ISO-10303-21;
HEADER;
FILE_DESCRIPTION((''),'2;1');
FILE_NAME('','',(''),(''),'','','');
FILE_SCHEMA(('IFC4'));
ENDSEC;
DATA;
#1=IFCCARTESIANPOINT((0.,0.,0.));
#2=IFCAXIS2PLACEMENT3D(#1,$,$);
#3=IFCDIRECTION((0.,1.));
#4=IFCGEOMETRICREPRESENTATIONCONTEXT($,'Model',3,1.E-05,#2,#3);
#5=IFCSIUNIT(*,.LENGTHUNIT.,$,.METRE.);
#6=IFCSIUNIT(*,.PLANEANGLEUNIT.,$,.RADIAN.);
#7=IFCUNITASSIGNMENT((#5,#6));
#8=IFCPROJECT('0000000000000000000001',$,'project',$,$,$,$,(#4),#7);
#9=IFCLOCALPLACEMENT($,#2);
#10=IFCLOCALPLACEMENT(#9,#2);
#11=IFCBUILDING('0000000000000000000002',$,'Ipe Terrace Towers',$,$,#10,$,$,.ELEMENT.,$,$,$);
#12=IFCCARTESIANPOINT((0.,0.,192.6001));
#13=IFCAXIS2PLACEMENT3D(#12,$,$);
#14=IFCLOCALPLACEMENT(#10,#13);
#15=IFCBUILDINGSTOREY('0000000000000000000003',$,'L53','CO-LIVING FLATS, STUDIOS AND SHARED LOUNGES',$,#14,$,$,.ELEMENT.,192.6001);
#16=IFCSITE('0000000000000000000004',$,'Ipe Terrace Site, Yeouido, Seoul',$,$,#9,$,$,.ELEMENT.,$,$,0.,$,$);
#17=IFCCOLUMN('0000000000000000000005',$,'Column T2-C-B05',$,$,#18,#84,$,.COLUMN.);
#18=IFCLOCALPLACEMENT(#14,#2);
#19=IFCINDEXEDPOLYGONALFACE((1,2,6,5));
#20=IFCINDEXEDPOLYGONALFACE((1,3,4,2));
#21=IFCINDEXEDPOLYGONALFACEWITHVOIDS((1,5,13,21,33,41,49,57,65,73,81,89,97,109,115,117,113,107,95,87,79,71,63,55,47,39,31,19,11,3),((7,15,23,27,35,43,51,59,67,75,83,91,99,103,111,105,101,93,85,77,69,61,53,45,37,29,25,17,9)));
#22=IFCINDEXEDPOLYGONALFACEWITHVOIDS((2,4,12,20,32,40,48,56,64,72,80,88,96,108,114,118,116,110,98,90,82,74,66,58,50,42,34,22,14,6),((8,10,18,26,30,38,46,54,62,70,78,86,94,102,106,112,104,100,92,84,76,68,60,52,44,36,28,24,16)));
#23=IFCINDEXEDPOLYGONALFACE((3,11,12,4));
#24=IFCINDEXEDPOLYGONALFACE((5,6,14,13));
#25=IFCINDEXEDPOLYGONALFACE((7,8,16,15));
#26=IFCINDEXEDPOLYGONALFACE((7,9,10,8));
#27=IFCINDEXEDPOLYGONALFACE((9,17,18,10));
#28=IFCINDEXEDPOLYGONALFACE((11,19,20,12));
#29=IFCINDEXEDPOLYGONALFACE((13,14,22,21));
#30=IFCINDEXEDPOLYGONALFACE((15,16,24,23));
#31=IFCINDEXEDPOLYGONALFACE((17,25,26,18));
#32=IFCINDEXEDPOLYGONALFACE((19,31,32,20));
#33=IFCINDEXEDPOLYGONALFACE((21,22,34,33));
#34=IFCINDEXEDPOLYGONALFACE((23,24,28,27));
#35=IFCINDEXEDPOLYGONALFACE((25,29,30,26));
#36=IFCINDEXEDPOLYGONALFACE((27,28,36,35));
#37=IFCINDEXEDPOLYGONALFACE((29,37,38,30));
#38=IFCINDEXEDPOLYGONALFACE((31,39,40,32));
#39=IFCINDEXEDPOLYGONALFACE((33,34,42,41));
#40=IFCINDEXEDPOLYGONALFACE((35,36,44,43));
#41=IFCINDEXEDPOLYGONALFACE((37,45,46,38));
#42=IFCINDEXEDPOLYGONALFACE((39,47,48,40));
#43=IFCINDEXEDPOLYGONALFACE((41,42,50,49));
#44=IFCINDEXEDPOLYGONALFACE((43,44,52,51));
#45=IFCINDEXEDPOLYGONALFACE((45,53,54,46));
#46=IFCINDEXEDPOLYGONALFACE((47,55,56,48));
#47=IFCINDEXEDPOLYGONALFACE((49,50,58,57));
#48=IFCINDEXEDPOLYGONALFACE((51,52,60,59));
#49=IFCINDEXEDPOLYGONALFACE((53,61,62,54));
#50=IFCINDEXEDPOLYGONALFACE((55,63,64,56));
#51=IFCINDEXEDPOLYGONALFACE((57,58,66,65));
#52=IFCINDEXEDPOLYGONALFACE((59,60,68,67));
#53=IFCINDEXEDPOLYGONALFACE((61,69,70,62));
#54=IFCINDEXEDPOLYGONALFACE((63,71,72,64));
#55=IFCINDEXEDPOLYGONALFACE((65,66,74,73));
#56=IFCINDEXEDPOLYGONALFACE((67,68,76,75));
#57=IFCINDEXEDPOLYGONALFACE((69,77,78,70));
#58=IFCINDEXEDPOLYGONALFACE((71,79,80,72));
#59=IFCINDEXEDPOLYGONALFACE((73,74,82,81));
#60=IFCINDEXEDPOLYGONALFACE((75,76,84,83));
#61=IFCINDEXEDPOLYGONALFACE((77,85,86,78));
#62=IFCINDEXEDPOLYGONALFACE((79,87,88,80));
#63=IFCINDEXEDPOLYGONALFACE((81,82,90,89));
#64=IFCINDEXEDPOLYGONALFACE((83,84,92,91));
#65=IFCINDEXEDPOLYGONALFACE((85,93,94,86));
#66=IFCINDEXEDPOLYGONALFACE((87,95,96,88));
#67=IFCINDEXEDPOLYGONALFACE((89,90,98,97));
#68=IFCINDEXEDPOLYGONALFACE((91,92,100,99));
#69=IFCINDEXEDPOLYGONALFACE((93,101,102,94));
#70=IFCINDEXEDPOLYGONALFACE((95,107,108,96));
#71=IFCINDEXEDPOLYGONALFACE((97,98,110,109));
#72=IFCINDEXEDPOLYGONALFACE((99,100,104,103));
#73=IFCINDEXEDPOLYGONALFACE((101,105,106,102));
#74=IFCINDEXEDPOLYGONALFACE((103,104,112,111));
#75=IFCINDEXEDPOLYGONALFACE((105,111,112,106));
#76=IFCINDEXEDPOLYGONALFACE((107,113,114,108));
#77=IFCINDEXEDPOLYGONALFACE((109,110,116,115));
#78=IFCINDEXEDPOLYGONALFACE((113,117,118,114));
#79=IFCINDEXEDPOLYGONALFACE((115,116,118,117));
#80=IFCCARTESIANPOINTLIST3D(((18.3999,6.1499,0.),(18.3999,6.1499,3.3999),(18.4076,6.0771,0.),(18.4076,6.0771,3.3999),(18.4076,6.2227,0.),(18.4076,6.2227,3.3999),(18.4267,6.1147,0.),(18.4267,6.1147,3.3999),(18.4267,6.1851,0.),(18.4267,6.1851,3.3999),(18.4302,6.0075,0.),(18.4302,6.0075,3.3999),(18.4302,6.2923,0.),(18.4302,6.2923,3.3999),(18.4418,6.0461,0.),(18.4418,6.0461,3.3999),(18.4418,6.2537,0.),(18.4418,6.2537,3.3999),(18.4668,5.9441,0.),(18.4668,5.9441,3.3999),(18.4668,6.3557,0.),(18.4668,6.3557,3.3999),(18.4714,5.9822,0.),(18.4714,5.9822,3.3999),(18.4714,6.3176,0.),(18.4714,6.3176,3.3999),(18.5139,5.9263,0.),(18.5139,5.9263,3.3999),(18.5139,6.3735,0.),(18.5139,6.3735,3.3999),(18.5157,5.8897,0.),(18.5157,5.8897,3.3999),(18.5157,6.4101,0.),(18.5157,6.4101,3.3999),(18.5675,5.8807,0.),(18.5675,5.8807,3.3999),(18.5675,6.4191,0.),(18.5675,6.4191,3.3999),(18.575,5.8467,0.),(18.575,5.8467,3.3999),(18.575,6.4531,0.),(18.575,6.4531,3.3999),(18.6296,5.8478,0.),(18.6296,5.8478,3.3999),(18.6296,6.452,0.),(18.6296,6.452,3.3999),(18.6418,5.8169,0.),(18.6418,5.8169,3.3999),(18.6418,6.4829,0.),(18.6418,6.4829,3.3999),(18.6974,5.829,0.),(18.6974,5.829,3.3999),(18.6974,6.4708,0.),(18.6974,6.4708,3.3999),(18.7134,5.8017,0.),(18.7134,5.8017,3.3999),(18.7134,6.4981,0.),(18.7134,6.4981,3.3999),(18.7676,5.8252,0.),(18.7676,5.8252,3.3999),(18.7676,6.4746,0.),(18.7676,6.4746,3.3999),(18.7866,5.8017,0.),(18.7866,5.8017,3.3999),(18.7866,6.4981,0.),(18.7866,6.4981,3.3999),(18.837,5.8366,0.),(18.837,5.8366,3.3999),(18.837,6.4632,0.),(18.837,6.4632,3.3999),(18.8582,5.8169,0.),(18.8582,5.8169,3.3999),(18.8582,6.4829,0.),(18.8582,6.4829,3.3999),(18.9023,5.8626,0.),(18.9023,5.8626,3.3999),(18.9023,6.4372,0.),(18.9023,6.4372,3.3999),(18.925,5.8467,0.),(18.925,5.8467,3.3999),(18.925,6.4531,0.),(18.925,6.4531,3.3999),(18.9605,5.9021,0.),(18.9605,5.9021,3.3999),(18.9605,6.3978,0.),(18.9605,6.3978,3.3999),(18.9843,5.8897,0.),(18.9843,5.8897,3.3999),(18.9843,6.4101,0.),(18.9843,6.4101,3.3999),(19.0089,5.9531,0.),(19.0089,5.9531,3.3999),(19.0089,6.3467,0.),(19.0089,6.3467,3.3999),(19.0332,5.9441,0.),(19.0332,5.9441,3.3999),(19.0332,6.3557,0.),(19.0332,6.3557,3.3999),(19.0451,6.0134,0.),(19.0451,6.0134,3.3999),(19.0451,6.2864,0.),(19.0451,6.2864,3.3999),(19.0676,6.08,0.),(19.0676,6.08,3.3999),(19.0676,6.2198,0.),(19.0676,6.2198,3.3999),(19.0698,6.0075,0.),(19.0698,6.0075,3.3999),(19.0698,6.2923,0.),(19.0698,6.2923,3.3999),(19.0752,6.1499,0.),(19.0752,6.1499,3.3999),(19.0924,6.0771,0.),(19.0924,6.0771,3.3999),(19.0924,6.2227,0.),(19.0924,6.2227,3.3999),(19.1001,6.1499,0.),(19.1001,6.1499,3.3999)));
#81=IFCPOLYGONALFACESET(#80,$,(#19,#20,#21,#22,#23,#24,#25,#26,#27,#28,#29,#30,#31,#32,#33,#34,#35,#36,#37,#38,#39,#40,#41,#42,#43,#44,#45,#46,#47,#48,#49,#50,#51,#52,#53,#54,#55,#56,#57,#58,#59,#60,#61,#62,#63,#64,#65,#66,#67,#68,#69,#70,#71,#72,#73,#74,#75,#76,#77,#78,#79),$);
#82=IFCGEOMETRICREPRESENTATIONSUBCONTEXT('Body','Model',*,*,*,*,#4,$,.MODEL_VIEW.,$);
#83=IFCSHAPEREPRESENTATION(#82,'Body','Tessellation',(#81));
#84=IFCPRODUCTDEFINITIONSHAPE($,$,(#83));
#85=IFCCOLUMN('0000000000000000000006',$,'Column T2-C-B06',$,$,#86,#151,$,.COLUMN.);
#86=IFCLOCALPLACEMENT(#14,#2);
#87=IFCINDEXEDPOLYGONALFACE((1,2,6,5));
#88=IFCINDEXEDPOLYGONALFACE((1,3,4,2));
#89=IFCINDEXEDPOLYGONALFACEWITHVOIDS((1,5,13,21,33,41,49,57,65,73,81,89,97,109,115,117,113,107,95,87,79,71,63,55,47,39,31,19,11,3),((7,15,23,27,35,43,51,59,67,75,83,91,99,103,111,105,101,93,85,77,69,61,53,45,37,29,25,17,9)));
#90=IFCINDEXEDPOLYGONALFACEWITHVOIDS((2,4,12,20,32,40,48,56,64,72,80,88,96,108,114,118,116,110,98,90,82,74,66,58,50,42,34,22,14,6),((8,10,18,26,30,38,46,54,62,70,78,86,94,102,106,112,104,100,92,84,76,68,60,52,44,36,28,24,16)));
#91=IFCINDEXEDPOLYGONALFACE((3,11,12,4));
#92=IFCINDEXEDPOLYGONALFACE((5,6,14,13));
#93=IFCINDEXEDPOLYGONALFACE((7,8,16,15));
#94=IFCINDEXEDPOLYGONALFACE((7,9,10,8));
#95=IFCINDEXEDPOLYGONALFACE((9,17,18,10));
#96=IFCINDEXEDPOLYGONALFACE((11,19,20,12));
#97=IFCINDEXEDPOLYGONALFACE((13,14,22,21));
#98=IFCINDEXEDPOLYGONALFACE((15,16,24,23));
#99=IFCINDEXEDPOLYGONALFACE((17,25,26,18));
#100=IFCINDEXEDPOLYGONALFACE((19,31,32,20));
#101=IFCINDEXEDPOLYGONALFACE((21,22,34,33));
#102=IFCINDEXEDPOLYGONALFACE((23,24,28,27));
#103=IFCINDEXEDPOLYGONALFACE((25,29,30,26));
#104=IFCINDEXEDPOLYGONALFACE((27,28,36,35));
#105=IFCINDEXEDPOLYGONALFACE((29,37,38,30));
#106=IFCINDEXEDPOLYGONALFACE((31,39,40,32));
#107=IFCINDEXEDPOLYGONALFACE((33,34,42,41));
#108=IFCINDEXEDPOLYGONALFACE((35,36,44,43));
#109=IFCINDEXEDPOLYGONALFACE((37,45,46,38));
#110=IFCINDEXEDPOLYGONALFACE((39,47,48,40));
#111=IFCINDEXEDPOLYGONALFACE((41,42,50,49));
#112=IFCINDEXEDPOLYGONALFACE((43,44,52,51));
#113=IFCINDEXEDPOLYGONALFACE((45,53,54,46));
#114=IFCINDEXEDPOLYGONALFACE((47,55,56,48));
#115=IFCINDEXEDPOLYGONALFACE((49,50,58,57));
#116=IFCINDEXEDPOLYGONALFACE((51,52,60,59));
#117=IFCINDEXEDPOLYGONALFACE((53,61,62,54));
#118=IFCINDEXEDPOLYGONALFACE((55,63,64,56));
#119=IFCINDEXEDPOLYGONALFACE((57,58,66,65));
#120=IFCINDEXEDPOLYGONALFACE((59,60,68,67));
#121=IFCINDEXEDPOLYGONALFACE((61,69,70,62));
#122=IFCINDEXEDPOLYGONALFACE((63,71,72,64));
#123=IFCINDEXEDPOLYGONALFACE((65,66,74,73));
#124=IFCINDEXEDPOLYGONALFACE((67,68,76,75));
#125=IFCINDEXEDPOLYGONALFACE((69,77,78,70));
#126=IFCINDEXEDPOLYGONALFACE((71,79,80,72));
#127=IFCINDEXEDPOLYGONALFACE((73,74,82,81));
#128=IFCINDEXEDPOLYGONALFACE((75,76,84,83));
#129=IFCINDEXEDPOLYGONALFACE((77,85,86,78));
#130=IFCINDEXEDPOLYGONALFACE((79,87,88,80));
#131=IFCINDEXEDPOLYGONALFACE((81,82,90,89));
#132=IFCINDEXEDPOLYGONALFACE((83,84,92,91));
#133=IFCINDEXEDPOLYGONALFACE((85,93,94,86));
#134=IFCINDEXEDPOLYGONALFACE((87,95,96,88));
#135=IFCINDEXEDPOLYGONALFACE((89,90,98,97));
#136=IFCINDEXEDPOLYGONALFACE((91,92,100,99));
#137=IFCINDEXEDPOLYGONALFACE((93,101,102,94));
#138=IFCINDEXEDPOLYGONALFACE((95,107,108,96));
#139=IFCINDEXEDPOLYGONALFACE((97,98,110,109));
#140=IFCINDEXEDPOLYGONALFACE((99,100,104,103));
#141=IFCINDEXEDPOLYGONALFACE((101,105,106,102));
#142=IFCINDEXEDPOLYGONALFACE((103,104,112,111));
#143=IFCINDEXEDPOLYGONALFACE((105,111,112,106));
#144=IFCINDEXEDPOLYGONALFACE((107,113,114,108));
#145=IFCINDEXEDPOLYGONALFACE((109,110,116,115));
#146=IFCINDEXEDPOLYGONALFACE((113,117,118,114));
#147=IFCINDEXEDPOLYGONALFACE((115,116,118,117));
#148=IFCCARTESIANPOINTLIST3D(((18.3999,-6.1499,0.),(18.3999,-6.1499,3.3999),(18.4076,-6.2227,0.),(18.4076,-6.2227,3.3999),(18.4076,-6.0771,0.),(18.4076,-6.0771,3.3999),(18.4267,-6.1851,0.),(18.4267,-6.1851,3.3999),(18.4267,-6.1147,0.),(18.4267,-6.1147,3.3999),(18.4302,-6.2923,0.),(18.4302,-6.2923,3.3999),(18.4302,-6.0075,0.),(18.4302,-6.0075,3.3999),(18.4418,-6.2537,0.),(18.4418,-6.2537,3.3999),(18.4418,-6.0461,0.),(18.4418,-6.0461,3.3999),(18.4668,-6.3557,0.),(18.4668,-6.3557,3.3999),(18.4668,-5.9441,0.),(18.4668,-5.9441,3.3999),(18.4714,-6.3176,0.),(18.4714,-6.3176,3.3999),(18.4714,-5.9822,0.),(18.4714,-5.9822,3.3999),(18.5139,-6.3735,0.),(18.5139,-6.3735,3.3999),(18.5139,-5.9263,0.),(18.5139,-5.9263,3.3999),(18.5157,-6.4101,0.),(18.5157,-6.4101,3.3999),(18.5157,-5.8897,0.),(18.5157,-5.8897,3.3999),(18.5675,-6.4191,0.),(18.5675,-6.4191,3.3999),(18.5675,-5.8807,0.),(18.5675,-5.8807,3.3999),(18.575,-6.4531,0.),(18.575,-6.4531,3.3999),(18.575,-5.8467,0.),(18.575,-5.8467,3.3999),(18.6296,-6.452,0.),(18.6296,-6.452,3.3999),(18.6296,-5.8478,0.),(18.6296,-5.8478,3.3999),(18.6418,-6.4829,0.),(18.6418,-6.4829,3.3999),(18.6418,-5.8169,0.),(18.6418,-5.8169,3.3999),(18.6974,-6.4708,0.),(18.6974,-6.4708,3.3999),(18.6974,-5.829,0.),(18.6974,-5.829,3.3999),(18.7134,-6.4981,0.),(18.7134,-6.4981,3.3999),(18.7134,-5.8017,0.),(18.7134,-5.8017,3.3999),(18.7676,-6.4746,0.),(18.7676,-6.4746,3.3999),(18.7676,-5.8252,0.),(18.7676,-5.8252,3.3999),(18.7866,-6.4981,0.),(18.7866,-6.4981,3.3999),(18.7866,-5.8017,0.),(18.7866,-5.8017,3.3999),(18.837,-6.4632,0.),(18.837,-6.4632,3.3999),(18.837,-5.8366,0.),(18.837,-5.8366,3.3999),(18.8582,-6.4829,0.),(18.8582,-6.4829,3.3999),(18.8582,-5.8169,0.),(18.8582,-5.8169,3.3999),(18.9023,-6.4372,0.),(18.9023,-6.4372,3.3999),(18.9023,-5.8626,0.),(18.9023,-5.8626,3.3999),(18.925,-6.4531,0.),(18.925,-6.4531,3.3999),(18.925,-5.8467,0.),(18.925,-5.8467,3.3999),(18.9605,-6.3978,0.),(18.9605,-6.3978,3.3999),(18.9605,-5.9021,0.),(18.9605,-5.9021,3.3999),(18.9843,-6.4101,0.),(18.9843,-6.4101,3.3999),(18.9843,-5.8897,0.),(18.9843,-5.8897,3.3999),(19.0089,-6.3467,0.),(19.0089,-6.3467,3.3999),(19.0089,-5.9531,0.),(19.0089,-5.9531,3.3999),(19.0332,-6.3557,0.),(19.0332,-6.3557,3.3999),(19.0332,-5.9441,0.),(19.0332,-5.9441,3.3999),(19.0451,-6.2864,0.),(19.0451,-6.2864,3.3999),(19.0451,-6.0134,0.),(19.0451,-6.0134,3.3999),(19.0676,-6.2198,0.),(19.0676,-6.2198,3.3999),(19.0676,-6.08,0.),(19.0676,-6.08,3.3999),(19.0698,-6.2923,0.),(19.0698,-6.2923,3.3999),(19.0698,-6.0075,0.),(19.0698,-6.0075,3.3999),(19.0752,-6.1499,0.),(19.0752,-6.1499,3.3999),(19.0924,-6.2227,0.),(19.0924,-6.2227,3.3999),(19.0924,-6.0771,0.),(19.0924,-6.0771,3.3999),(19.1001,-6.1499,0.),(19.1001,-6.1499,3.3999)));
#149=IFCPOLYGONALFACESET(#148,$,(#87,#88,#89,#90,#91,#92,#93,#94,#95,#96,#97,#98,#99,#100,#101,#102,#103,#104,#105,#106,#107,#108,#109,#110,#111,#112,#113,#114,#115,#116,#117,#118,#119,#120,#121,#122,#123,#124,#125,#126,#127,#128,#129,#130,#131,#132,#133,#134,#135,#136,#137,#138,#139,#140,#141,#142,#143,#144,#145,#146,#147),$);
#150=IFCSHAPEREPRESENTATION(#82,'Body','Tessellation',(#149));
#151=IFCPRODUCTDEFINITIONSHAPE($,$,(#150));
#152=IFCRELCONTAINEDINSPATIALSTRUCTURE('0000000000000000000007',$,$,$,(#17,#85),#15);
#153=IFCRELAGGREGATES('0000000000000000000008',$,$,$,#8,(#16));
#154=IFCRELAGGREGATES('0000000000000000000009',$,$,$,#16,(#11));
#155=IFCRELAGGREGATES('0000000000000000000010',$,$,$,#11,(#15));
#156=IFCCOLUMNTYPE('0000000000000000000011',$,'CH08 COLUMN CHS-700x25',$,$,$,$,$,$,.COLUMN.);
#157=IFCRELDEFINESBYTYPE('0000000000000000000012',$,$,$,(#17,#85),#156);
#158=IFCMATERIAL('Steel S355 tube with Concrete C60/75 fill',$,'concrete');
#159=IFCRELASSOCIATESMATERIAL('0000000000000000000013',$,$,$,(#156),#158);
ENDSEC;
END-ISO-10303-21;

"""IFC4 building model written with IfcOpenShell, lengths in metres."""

from ifc_helpers import new_model, si_unit, direction, frame, origin, origin_2d, place, context, subcontext, project, spatial, hollow_circle, extrude, material, material_profile, profile_set, type_object, element, save


model = new_model("IFC4")

# Units and contexts
model_context = context("Model", 3, precision=1e-05, world=origin(), true_north=direction((0.0, 1.0)))
body_context = subcontext(model_context, "Body", "Model", "MODEL_VIEW")
ifc_project = project(units=[si_unit("LENGTHUNIT", "METRE"), si_unit("PLANEANGLEUNIT", "RADIAN")], contexts=[model_context])

# Site, building, storey
site_placement = place(None, origin())
site = spatial("IfcSite", under=ifc_project, at=site_placement, Name="Ipe Terrace Site, Yeouido, Seoul", CompositionType="ELEMENT", RefElevation=0.0)
building_placement = place(site_placement, origin())
building = spatial("IfcBuilding", under=site, at=building_placement, Name="Ipe Terrace Towers", CompositionType="ELEMENT")
storey_placement = place(building_placement, frame((0.0, 0.0, 192.6001)))
storey = spatial("IfcBuildingStorey", under=building, at=storey_placement, Name="L53", Description="CO-LIVING FLATS, STUDIOS AND SHARED LOUNGES", CompositionType="ELEMENT", Elevation=192.6001)

# Columns
ifc_material_1 = material(Name="Steel S355 tube with Concrete C60/75 fill", Category="concrete")
ifc_material_profile_1 = material_profile(ifc_material_1, hollow_circle(Radius=0.3501, WallThickness=0.0249, at=origin_2d()), Name="CHS-700x25")
ifc_profile_set_1 = profile_set([ifc_material_profile_1], Name="Steel S355 tube with Concrete C60/75 fill")
column_type = type_object("IfcColumnType", Name="CH08 COLUMN CHS-700x25", PredefinedType="COLUMN", material=ifc_profile_set_1)
for number, where, z_axis, x_axis, name in (
    (1, (18.75, 6.1499, 0.0), (0.0, 0.0, 1.0), (1.0, 0.0, 0.0), "Column T2-C-B05"),
    (2, (18.75, -6.1499, 0.0), (0.0, 0.0, 1.0), (1.0, 0.0, 0.0), "Column T2-C-B06"),
):
    element("IfcColumn", number, at=place(storey_placement, frame(where, z_axis=z_axis, x_axis=x_axis)), inside=storey, type_object=column_type, Name=name, PredefinedType="COLUMN", context=body_context, shape_type="SweptSolid", body=[
        extrude(hollow_circle(Radius=0.3501, WallThickness=0.0249, at=origin_2d()), origin(), (0.0, 0.0, 1.0), 3.3999),
    ])

save(model, "model.ifc")
